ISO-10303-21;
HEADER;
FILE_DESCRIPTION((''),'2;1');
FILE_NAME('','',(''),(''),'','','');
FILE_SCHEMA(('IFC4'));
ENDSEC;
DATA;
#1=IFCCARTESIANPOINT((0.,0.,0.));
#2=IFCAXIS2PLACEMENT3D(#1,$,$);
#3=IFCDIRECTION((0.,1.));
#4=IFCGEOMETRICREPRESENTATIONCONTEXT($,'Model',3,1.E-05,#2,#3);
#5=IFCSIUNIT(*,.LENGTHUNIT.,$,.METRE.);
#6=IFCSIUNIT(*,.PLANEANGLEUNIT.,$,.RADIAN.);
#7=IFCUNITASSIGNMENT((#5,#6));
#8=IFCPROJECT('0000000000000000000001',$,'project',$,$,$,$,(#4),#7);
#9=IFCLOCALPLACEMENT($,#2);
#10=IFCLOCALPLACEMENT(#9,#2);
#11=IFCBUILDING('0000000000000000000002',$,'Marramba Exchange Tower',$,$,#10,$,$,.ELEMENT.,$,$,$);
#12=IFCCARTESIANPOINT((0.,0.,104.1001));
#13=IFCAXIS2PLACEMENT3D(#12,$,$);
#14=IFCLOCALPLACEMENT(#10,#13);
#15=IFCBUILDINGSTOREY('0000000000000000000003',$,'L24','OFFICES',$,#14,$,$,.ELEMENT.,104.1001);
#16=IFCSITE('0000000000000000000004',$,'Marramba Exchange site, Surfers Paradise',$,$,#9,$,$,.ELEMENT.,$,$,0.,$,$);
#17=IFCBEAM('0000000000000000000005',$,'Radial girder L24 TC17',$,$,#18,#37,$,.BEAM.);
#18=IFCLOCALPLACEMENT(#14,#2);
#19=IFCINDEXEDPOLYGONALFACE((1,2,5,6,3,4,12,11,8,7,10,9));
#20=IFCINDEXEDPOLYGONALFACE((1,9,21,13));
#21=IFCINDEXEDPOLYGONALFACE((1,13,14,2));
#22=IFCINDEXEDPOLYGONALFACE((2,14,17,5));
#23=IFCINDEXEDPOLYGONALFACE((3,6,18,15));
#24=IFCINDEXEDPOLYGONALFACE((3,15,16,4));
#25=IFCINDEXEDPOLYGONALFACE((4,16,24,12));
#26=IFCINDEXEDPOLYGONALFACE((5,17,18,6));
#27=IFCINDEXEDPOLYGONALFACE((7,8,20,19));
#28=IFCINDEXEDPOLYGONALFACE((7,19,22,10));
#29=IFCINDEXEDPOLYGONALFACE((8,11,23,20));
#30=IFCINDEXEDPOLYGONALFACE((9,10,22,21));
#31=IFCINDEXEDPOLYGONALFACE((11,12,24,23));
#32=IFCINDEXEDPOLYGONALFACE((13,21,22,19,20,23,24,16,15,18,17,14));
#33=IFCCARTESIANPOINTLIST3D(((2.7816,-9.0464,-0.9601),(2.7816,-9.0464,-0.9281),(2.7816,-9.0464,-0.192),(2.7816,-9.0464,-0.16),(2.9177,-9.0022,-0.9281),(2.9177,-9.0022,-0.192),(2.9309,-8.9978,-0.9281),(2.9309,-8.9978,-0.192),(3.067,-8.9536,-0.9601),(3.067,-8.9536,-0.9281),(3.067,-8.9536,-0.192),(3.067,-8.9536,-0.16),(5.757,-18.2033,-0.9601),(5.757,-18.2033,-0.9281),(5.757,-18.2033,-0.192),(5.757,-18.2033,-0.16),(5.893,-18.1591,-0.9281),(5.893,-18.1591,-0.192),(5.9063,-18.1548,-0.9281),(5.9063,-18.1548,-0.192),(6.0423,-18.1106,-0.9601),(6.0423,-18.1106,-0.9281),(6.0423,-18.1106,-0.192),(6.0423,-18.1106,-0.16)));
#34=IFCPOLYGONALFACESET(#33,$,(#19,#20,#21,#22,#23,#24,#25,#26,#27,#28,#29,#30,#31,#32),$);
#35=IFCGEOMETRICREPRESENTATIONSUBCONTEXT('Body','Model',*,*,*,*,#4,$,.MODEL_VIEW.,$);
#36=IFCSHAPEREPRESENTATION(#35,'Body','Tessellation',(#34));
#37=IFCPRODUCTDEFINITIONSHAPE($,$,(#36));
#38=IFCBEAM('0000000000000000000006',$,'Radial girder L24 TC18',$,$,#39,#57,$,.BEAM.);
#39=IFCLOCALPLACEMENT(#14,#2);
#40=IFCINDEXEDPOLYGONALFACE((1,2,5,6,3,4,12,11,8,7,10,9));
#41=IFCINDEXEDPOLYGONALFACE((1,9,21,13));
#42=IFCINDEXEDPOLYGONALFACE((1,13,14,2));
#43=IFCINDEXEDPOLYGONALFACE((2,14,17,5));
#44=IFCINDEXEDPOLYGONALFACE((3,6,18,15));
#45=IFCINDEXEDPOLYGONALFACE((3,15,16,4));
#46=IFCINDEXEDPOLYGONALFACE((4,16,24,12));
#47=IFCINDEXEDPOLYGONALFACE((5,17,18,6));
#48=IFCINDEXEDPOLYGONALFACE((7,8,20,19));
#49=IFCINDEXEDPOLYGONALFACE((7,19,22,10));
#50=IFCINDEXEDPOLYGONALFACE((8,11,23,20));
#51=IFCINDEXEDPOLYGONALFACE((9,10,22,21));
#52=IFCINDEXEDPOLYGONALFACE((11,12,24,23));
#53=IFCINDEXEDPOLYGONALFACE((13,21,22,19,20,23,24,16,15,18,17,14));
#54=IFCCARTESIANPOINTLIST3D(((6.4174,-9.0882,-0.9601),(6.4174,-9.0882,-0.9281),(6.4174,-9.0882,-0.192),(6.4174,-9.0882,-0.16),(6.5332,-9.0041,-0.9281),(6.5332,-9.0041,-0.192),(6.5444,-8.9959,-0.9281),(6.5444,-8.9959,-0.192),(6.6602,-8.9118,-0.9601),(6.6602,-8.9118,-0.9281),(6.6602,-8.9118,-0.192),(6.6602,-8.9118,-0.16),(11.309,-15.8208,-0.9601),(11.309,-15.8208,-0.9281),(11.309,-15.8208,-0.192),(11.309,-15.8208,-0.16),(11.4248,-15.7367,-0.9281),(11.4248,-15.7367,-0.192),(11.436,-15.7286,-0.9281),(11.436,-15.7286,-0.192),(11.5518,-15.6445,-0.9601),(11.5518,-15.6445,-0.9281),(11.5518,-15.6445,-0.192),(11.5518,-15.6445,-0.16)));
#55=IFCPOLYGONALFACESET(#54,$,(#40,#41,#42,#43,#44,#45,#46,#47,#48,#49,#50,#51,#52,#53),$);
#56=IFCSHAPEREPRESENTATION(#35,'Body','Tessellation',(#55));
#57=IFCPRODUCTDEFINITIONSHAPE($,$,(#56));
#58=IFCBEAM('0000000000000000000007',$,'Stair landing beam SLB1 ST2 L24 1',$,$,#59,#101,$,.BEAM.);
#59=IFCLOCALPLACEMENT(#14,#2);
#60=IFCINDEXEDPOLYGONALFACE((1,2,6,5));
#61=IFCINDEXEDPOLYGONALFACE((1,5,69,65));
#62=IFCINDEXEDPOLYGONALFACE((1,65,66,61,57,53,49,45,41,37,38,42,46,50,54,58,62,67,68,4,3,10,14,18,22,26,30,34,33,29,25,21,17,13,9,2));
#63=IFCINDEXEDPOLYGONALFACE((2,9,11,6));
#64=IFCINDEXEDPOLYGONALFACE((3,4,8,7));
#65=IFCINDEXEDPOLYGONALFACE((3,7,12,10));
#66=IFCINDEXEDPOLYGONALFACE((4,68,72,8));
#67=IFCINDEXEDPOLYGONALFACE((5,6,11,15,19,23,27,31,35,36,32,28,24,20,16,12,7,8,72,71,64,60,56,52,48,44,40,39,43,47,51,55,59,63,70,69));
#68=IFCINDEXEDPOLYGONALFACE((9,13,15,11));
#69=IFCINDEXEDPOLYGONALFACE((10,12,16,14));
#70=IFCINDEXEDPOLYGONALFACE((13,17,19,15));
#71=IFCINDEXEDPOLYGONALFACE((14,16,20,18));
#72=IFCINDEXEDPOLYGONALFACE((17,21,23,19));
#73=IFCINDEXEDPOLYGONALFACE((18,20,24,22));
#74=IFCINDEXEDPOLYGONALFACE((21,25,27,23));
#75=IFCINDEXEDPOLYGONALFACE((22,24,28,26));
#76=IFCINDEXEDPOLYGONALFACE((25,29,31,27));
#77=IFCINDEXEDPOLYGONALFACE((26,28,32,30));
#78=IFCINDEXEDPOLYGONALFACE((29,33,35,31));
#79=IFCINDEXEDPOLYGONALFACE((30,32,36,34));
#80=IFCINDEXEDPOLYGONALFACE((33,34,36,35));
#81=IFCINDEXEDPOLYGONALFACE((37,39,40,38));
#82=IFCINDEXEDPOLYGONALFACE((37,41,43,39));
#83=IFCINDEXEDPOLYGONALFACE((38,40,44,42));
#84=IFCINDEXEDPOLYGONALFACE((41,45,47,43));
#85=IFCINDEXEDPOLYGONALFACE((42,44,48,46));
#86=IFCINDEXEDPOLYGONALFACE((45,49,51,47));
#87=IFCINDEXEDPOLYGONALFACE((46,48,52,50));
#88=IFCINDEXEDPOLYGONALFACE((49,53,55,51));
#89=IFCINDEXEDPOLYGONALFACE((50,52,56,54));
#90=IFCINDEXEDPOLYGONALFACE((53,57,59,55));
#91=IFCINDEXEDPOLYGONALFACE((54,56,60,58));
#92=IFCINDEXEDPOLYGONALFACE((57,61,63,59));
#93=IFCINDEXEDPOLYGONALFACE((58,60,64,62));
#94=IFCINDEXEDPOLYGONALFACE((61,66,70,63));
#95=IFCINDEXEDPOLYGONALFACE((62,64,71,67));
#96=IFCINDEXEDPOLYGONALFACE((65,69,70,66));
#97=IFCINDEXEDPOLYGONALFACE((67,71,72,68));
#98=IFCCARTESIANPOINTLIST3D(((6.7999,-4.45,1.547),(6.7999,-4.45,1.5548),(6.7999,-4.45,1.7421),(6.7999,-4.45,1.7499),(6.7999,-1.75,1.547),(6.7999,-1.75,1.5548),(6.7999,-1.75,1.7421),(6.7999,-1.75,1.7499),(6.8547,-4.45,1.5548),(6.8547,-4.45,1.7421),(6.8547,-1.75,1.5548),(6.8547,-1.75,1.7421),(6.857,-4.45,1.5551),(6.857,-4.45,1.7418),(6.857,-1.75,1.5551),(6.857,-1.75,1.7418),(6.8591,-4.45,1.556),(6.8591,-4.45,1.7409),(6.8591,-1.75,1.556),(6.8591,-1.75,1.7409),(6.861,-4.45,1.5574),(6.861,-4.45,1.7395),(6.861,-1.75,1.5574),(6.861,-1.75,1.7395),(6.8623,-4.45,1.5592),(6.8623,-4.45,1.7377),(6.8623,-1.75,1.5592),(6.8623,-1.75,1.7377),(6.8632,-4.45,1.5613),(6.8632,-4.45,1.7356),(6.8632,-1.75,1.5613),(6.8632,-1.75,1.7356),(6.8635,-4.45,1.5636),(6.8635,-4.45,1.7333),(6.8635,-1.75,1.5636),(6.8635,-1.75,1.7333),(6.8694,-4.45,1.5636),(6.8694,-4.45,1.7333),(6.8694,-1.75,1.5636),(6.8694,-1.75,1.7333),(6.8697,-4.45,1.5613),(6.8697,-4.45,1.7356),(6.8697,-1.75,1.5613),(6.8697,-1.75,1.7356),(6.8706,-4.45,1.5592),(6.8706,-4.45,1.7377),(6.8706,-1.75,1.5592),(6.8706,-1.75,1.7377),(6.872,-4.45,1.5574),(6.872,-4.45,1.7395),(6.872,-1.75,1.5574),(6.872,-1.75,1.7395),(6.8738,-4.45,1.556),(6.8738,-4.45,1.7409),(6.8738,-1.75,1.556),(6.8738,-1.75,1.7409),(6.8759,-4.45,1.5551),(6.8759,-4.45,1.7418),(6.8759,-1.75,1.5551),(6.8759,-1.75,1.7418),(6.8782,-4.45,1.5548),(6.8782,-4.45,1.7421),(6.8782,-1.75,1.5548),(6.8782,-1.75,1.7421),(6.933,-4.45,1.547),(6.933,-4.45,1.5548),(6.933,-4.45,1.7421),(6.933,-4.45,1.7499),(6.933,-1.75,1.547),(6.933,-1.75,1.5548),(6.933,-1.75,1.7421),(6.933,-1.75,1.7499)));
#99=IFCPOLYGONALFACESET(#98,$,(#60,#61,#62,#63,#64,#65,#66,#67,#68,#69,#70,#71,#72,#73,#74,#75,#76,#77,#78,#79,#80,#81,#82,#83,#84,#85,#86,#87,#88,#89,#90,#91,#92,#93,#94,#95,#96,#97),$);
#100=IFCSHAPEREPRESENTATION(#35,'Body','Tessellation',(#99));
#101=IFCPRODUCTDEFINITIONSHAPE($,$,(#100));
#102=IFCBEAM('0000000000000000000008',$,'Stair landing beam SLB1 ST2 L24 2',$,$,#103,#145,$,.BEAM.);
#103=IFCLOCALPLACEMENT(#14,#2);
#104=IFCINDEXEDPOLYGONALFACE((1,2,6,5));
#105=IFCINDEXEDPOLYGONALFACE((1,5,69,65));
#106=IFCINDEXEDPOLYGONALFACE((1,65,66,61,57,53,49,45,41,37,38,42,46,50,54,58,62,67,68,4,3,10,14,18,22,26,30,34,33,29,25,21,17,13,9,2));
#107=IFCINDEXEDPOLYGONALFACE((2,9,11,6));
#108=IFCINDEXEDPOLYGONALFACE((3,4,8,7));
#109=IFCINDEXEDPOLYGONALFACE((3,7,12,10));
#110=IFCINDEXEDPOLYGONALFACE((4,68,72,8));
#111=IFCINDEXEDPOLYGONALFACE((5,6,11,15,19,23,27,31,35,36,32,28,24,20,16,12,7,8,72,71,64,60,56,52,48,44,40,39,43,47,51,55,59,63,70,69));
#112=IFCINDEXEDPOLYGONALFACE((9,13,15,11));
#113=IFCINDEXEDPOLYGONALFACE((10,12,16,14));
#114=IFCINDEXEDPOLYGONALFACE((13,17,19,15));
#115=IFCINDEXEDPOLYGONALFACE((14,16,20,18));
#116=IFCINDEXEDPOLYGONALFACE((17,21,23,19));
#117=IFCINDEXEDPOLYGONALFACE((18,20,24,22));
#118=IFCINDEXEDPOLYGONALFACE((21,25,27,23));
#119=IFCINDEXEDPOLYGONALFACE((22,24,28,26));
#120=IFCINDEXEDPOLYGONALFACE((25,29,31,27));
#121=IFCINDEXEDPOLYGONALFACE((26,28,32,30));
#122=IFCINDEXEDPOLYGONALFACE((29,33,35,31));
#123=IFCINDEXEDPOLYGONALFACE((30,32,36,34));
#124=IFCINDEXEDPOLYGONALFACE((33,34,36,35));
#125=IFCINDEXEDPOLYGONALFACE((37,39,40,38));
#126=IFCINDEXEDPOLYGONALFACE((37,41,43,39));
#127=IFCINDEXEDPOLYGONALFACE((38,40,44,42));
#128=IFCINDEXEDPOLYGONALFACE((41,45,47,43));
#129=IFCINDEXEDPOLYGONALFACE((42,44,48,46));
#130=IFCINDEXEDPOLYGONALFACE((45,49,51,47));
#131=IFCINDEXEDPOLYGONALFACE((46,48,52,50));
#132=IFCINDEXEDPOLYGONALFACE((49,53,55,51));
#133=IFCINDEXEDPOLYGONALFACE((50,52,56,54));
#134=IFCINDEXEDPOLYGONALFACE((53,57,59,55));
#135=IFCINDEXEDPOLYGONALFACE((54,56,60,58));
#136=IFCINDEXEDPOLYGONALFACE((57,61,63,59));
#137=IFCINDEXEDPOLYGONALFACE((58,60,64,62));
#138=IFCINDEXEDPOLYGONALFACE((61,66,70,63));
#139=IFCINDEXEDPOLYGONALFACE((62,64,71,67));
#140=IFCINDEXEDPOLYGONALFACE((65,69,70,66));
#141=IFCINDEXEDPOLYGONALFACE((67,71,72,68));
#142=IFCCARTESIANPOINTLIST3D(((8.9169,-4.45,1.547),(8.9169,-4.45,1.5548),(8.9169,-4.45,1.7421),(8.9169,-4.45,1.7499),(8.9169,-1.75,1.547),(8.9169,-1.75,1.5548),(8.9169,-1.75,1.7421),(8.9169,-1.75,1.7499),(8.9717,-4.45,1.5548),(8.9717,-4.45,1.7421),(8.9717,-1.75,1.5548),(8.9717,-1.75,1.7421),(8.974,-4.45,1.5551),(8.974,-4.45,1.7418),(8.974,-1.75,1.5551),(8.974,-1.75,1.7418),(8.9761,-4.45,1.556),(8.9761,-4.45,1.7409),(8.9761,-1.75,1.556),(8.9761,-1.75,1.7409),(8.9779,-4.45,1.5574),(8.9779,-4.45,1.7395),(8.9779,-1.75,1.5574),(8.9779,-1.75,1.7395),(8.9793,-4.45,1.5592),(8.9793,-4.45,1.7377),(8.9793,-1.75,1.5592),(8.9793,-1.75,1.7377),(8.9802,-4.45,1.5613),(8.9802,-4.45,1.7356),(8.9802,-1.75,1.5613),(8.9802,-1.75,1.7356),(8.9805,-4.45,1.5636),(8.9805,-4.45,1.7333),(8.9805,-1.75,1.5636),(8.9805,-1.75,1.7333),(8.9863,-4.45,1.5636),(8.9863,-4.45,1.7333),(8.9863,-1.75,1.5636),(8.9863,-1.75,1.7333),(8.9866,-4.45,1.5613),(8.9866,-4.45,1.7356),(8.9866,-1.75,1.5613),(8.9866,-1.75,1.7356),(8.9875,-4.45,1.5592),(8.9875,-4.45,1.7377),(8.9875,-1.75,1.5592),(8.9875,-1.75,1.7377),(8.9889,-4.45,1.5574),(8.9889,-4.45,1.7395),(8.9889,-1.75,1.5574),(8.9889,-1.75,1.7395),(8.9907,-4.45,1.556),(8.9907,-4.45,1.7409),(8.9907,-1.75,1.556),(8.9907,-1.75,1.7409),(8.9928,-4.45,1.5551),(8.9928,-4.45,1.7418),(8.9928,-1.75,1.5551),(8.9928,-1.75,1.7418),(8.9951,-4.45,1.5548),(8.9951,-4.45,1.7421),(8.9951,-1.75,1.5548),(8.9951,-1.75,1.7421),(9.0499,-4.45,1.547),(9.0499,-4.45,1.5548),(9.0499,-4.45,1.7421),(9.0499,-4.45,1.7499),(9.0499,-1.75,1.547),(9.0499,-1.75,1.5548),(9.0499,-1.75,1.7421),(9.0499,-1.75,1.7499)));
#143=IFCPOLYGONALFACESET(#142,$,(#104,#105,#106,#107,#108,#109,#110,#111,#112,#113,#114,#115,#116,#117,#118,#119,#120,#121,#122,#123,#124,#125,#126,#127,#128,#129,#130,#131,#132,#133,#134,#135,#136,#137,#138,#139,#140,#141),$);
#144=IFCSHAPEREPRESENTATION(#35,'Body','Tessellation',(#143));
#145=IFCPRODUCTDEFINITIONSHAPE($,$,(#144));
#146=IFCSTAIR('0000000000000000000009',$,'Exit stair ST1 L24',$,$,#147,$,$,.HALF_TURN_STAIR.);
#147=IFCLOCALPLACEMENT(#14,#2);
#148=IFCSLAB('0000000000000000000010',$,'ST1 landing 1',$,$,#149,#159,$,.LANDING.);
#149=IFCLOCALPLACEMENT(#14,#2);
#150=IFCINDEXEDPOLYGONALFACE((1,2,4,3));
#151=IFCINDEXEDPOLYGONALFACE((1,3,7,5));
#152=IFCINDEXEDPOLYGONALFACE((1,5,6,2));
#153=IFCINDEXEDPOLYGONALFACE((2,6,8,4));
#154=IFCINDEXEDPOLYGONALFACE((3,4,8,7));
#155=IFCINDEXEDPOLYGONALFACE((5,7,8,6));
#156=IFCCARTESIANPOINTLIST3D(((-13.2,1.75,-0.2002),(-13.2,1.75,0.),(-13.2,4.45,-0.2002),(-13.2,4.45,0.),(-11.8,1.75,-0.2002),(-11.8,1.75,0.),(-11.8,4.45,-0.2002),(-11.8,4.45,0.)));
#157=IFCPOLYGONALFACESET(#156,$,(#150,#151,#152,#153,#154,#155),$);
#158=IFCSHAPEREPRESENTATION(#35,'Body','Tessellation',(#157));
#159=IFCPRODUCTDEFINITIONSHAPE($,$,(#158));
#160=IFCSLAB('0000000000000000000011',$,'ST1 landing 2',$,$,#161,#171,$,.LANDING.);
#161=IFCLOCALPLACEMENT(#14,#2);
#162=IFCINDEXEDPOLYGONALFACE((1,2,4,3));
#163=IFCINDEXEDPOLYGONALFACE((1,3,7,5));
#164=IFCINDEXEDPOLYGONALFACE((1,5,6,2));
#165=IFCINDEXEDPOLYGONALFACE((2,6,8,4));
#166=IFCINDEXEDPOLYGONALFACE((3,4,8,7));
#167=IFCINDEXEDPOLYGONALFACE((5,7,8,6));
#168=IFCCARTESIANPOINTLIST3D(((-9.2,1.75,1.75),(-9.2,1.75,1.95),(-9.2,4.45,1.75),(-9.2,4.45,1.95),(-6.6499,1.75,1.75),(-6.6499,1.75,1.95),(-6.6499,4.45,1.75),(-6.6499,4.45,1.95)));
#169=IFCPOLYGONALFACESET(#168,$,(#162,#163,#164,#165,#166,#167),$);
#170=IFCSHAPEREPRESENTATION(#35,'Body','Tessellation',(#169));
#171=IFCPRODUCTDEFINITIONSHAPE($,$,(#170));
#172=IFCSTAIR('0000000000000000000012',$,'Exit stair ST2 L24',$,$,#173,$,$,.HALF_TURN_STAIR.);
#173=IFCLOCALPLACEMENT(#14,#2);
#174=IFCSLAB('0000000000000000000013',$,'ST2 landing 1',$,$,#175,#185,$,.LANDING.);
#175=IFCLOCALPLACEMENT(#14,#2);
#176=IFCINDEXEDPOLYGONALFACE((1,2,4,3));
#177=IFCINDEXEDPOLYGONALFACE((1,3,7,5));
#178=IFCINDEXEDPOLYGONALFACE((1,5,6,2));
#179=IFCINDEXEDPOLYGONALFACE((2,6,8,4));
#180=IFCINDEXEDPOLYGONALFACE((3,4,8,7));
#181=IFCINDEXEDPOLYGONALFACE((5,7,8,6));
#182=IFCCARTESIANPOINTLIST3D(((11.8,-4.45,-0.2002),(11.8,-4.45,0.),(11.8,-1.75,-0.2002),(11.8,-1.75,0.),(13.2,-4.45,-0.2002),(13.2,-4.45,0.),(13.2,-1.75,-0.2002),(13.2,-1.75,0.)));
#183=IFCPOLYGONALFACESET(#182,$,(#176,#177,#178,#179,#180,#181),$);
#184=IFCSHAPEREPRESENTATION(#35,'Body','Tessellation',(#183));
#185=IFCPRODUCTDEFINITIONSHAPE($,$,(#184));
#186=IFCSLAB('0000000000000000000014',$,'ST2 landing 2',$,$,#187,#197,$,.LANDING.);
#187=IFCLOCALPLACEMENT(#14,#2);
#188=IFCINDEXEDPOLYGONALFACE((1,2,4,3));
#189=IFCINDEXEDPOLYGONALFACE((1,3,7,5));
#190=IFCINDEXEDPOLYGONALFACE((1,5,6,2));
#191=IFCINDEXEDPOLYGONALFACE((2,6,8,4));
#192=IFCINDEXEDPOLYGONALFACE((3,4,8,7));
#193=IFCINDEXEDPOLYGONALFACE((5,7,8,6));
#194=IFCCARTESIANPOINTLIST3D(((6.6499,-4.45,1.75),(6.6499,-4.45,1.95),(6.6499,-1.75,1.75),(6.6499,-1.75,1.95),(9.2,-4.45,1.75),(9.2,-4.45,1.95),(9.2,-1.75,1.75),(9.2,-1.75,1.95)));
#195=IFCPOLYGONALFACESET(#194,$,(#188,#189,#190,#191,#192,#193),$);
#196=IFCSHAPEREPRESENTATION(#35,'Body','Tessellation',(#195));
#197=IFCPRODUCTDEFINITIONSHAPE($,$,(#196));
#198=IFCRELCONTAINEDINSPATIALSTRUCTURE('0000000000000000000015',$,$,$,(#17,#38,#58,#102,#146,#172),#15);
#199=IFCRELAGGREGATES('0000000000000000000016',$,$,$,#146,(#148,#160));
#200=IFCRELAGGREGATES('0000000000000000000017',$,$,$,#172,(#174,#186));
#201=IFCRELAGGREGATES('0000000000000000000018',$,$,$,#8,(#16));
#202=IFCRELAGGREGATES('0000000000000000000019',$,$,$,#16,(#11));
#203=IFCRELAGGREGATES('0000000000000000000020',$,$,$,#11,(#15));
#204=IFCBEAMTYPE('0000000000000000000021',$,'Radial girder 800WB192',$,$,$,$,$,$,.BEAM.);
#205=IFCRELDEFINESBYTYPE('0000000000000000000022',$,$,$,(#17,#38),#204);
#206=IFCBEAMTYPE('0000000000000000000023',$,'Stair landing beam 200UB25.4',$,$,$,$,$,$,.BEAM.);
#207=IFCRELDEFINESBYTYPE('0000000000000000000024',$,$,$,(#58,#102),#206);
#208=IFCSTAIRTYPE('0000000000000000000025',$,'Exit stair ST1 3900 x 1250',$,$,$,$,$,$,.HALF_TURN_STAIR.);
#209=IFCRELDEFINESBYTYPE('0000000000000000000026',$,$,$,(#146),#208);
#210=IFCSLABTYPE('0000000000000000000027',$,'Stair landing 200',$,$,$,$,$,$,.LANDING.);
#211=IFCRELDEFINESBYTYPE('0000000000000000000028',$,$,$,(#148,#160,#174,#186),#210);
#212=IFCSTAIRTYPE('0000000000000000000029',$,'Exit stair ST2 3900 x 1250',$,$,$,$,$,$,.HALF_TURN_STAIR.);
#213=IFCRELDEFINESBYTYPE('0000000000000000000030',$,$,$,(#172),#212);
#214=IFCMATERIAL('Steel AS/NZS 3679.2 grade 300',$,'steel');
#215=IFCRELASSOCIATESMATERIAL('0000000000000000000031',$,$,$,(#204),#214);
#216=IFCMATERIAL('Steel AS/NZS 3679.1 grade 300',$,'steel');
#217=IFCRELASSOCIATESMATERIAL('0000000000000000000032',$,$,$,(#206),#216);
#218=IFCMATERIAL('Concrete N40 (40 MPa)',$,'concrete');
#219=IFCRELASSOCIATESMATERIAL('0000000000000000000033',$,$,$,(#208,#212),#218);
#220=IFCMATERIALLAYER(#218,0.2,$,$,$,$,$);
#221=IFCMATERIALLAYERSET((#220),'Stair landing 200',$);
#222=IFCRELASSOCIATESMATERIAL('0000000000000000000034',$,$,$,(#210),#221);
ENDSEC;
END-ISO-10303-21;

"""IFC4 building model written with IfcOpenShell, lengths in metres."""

from ifc_helpers import new_model, si_unit, direction, frame, origin, origin_2d, place, context, subcontext, project, spatial, polyline, i_section, outline, extrude, material, layer, layer_set, material_profile, profile_set, type_object, element, aggregate, save


model = new_model("IFC4")

# Units and contexts
model_context = context("Model", 3, precision=1e-05, world=origin(), true_north=direction((0.0, 1.0)))
body_context = subcontext(model_context, "Body", "Model", "MODEL_VIEW")
ifc_project = project(units=[si_unit("LENGTHUNIT", "METRE"), si_unit("PLANEANGLEUNIT", "RADIAN")], contexts=[model_context])

# Site, building, storey
site_placement = place(None, origin())
site = spatial("IfcSite", under=ifc_project, at=site_placement, Name="Marramba Exchange site, Surfers Paradise", CompositionType="ELEMENT", RefElevation=0.0)
building_placement = place(site_placement, origin())
building = spatial("IfcBuilding", under=site, at=building_placement, Name="Marramba Exchange Tower", CompositionType="ELEMENT")
storey_placement = place(building_placement, frame((0.0, 0.0, 104.1001)))
storey = spatial("IfcBuildingStorey", under=building, at=storey_placement, Name="L24", Description="OFFICES", CompositionType="ELEMENT", Elevation=104.1001)

# Beams
ifc_material_1 = material(Name="Steel AS/NZS 3679.2 grade 300", Category="steel")
ifc_material_profile_1 = material_profile(ifc_material_1, i_section(OverallWidth=0.3, OverallDepth=0.8, WebThickness=0.0139, FlangeThickness=0.032, at=origin_2d()), Name="800WB192")
ifc_profile_set_1 = profile_set([ifc_material_profile_1], Name="Steel AS/NZS 3679.2 grade 300")
beam_type_1 = type_object("IfcBeamType", Name="Radial girder 800WB192", PredefinedType="BEAM", material=ifc_profile_set_1)
beam_1_placement = place(storey_placement, frame((2.9243, -9.0, -0.5601), z_axis=(0.309022, -0.951055, 0.0), x_axis=(0.951055, 0.309022, 0.0)))
element("IfcBeam", 1, at=beam_1_placement, inside=storey, type_object=beam_type_1, Name="Radial girder L24 TC17", PredefinedType="BEAM", context=body_context, shape_type="SweptSolid", body=[
    extrude(i_section(OverallWidth=0.3, OverallDepth=0.8, WebThickness=0.0139, FlangeThickness=0.032, at=origin_2d()), origin(), (0.0, 0.0, 1.0), 9.6282),
])
beam_2_placement = place(storey_placement, frame((6.5388, -9.0, -0.5601), z_axis=(0.587788, -0.809015, 0.0), x_axis=(0.809015, 0.587788, 0.0)))
element("IfcBeam", 2, at=beam_2_placement, inside=storey, type_object=beam_type_1, Name="Radial girder L24 TC18", PredefinedType="BEAM", context=body_context, shape_type="SweptSolid", body=[
    extrude(i_section(OverallWidth=0.3, OverallDepth=0.8, WebThickness=0.0139, FlangeThickness=0.032, at=origin_2d()), origin(), (0.0, 0.0, 1.0), 8.322),
])
ifc_material_2 = material(Name="Steel AS/NZS 3679.1 grade 300", Category="steel")
ifc_material_profile_2 = material_profile(ifc_material_2, i_section(OverallWidth=0.1331, OverallDepth=0.2029, WebThickness=0.0059, FlangeThickness=0.0078, FilletRadius=0.0088, at=origin_2d()), Name="200UB25.4")
ifc_profile_set_2 = profile_set([ifc_material_profile_2], Name="Steel AS/NZS 3679.1 grade 300")
beam_type_2 = type_object("IfcBeamType", Name="Stair landing beam 200UB25.4", PredefinedType="BEAM", material=ifc_profile_set_2)
for number, where, z_axis, x_axis, name in (
    (3, (6.8665, -4.45, 1.6484), (0.0, 1.0, 0.0), (-1.0, 0.0, 0.0), "Stair landing beam SLB1 ST2 L24 1"),
    (4, (8.9834, -4.45, 1.6484), (0.0, 1.0, 0.0), (-1.0, 0.0, 0.0), "Stair landing beam SLB1 ST2 L24 2"),
):
    element("IfcBeam", number, at=place(storey_placement, frame(where, z_axis=z_axis, x_axis=x_axis)), inside=storey, type_object=beam_type_2, Name=name, PredefinedType="BEAM", context=body_context, shape_type="SweptSolid", body=[
        extrude(i_section(OverallWidth=0.1331, OverallDepth=0.2029, WebThickness=0.0059, FlangeThickness=0.0078, FilletRadius=0.0088, at=origin_2d()), origin(), (0.0, 0.0, 1.0), 2.7),
    ])

# Stairs, slabs
ifc_material_3 = material(Name="Concrete N40 (40 MPa)", Category="concrete")
stair_type_1 = type_object("IfcStairType", Name="Exit stair ST1 3900 x 1250", PredefinedType="HALF_TURN_STAIR", material=ifc_material_3)
stair_1_placement = place(storey_placement, origin())
stair_1 = element("IfcStair", 5, at=stair_1_placement, inside=storey, type_object=stair_type_1, Name="Exit stair ST1 L24", PredefinedType="HALF_TURN_STAIR")
ifc_layer_1 = layer(ifc_material_3, 0.2)
ifc_layer_set_1 = layer_set([ifc_layer_1], Name="Stair landing 200")
slab_type = type_object("IfcSlabType", Name="Stair landing 200", PredefinedType="LANDING", material=ifc_layer_set_1)
slab_1_placement = place(storey_placement, frame((0.0, 0.0, -0.2002)))
slab_1 = element("IfcSlab", 6, at=slab_1_placement, type_object=slab_type, Name="ST1 landing 1", PredefinedType="LANDING", context=body_context, shape_type="SweptSolid", body=[
    extrude(outline(polyline([(-13.2, 1.75), (-11.8, 1.75), (-11.8, 4.45), (-13.2, 4.45), (-13.2, 1.75)])), origin(), (0.0, 0.0, 1.0), 0.2002),
])
slab_2_placement = place(storey_placement, frame((0.0, 0.0, 1.75)))
slab_2 = element("IfcSlab", 7, at=slab_2_placement, type_object=slab_type, Name="ST1 landing 2", PredefinedType="LANDING", context=body_context, shape_type="SweptSolid", body=[
    extrude(outline(polyline([(-9.2, 1.75), (-6.6499, 1.75), (-6.6499, 4.45), (-9.2, 4.45), (-9.2, 1.75)])), origin(), (0.0, 0.0, 1.0), 0.2),
])
aggregate(stair_1, [slab_1, slab_2])
stair_type_2 = type_object("IfcStairType", Name="Exit stair ST2 3900 x 1250", PredefinedType="HALF_TURN_STAIR", material=ifc_material_3)
stair_2_placement = place(storey_placement, origin())
stair_2 = element("IfcStair", 8, at=stair_2_placement, inside=storey, type_object=stair_type_2, Name="Exit stair ST2 L24", PredefinedType="HALF_TURN_STAIR")
slab_3_placement = place(storey_placement, frame((0.0, 0.0, -0.2002)))
slab_3 = element("IfcSlab", 9, at=slab_3_placement, type_object=slab_type, Name="ST2 landing 1", PredefinedType="LANDING", context=body_context, shape_type="SweptSolid", body=[
    extrude(outline(polyline([(11.8, -4.45), (13.2, -4.45), (13.2, -1.75), (11.8, -1.75), (11.8, -4.45)])), origin(), (0.0, 0.0, 1.0), 0.2002),
])
slab_4_placement = place(storey_placement, frame((0.0, 0.0, 1.75)))
slab_4 = element("IfcSlab", 10, at=slab_4_placement, type_object=slab_type, Name="ST2 landing 2", PredefinedType="LANDING", context=body_context, shape_type="SweptSolid", body=[
    extrude(outline(polyline([(6.6499, -4.45), (9.2, -4.45), (9.2, -1.75), (6.6499, -1.75), (6.6499, -4.45)])), origin(), (0.0, 0.0, 1.0), 0.2),
])

aggregate(stair_2, [slab_3, slab_4])

save(model, "model.ifc")
